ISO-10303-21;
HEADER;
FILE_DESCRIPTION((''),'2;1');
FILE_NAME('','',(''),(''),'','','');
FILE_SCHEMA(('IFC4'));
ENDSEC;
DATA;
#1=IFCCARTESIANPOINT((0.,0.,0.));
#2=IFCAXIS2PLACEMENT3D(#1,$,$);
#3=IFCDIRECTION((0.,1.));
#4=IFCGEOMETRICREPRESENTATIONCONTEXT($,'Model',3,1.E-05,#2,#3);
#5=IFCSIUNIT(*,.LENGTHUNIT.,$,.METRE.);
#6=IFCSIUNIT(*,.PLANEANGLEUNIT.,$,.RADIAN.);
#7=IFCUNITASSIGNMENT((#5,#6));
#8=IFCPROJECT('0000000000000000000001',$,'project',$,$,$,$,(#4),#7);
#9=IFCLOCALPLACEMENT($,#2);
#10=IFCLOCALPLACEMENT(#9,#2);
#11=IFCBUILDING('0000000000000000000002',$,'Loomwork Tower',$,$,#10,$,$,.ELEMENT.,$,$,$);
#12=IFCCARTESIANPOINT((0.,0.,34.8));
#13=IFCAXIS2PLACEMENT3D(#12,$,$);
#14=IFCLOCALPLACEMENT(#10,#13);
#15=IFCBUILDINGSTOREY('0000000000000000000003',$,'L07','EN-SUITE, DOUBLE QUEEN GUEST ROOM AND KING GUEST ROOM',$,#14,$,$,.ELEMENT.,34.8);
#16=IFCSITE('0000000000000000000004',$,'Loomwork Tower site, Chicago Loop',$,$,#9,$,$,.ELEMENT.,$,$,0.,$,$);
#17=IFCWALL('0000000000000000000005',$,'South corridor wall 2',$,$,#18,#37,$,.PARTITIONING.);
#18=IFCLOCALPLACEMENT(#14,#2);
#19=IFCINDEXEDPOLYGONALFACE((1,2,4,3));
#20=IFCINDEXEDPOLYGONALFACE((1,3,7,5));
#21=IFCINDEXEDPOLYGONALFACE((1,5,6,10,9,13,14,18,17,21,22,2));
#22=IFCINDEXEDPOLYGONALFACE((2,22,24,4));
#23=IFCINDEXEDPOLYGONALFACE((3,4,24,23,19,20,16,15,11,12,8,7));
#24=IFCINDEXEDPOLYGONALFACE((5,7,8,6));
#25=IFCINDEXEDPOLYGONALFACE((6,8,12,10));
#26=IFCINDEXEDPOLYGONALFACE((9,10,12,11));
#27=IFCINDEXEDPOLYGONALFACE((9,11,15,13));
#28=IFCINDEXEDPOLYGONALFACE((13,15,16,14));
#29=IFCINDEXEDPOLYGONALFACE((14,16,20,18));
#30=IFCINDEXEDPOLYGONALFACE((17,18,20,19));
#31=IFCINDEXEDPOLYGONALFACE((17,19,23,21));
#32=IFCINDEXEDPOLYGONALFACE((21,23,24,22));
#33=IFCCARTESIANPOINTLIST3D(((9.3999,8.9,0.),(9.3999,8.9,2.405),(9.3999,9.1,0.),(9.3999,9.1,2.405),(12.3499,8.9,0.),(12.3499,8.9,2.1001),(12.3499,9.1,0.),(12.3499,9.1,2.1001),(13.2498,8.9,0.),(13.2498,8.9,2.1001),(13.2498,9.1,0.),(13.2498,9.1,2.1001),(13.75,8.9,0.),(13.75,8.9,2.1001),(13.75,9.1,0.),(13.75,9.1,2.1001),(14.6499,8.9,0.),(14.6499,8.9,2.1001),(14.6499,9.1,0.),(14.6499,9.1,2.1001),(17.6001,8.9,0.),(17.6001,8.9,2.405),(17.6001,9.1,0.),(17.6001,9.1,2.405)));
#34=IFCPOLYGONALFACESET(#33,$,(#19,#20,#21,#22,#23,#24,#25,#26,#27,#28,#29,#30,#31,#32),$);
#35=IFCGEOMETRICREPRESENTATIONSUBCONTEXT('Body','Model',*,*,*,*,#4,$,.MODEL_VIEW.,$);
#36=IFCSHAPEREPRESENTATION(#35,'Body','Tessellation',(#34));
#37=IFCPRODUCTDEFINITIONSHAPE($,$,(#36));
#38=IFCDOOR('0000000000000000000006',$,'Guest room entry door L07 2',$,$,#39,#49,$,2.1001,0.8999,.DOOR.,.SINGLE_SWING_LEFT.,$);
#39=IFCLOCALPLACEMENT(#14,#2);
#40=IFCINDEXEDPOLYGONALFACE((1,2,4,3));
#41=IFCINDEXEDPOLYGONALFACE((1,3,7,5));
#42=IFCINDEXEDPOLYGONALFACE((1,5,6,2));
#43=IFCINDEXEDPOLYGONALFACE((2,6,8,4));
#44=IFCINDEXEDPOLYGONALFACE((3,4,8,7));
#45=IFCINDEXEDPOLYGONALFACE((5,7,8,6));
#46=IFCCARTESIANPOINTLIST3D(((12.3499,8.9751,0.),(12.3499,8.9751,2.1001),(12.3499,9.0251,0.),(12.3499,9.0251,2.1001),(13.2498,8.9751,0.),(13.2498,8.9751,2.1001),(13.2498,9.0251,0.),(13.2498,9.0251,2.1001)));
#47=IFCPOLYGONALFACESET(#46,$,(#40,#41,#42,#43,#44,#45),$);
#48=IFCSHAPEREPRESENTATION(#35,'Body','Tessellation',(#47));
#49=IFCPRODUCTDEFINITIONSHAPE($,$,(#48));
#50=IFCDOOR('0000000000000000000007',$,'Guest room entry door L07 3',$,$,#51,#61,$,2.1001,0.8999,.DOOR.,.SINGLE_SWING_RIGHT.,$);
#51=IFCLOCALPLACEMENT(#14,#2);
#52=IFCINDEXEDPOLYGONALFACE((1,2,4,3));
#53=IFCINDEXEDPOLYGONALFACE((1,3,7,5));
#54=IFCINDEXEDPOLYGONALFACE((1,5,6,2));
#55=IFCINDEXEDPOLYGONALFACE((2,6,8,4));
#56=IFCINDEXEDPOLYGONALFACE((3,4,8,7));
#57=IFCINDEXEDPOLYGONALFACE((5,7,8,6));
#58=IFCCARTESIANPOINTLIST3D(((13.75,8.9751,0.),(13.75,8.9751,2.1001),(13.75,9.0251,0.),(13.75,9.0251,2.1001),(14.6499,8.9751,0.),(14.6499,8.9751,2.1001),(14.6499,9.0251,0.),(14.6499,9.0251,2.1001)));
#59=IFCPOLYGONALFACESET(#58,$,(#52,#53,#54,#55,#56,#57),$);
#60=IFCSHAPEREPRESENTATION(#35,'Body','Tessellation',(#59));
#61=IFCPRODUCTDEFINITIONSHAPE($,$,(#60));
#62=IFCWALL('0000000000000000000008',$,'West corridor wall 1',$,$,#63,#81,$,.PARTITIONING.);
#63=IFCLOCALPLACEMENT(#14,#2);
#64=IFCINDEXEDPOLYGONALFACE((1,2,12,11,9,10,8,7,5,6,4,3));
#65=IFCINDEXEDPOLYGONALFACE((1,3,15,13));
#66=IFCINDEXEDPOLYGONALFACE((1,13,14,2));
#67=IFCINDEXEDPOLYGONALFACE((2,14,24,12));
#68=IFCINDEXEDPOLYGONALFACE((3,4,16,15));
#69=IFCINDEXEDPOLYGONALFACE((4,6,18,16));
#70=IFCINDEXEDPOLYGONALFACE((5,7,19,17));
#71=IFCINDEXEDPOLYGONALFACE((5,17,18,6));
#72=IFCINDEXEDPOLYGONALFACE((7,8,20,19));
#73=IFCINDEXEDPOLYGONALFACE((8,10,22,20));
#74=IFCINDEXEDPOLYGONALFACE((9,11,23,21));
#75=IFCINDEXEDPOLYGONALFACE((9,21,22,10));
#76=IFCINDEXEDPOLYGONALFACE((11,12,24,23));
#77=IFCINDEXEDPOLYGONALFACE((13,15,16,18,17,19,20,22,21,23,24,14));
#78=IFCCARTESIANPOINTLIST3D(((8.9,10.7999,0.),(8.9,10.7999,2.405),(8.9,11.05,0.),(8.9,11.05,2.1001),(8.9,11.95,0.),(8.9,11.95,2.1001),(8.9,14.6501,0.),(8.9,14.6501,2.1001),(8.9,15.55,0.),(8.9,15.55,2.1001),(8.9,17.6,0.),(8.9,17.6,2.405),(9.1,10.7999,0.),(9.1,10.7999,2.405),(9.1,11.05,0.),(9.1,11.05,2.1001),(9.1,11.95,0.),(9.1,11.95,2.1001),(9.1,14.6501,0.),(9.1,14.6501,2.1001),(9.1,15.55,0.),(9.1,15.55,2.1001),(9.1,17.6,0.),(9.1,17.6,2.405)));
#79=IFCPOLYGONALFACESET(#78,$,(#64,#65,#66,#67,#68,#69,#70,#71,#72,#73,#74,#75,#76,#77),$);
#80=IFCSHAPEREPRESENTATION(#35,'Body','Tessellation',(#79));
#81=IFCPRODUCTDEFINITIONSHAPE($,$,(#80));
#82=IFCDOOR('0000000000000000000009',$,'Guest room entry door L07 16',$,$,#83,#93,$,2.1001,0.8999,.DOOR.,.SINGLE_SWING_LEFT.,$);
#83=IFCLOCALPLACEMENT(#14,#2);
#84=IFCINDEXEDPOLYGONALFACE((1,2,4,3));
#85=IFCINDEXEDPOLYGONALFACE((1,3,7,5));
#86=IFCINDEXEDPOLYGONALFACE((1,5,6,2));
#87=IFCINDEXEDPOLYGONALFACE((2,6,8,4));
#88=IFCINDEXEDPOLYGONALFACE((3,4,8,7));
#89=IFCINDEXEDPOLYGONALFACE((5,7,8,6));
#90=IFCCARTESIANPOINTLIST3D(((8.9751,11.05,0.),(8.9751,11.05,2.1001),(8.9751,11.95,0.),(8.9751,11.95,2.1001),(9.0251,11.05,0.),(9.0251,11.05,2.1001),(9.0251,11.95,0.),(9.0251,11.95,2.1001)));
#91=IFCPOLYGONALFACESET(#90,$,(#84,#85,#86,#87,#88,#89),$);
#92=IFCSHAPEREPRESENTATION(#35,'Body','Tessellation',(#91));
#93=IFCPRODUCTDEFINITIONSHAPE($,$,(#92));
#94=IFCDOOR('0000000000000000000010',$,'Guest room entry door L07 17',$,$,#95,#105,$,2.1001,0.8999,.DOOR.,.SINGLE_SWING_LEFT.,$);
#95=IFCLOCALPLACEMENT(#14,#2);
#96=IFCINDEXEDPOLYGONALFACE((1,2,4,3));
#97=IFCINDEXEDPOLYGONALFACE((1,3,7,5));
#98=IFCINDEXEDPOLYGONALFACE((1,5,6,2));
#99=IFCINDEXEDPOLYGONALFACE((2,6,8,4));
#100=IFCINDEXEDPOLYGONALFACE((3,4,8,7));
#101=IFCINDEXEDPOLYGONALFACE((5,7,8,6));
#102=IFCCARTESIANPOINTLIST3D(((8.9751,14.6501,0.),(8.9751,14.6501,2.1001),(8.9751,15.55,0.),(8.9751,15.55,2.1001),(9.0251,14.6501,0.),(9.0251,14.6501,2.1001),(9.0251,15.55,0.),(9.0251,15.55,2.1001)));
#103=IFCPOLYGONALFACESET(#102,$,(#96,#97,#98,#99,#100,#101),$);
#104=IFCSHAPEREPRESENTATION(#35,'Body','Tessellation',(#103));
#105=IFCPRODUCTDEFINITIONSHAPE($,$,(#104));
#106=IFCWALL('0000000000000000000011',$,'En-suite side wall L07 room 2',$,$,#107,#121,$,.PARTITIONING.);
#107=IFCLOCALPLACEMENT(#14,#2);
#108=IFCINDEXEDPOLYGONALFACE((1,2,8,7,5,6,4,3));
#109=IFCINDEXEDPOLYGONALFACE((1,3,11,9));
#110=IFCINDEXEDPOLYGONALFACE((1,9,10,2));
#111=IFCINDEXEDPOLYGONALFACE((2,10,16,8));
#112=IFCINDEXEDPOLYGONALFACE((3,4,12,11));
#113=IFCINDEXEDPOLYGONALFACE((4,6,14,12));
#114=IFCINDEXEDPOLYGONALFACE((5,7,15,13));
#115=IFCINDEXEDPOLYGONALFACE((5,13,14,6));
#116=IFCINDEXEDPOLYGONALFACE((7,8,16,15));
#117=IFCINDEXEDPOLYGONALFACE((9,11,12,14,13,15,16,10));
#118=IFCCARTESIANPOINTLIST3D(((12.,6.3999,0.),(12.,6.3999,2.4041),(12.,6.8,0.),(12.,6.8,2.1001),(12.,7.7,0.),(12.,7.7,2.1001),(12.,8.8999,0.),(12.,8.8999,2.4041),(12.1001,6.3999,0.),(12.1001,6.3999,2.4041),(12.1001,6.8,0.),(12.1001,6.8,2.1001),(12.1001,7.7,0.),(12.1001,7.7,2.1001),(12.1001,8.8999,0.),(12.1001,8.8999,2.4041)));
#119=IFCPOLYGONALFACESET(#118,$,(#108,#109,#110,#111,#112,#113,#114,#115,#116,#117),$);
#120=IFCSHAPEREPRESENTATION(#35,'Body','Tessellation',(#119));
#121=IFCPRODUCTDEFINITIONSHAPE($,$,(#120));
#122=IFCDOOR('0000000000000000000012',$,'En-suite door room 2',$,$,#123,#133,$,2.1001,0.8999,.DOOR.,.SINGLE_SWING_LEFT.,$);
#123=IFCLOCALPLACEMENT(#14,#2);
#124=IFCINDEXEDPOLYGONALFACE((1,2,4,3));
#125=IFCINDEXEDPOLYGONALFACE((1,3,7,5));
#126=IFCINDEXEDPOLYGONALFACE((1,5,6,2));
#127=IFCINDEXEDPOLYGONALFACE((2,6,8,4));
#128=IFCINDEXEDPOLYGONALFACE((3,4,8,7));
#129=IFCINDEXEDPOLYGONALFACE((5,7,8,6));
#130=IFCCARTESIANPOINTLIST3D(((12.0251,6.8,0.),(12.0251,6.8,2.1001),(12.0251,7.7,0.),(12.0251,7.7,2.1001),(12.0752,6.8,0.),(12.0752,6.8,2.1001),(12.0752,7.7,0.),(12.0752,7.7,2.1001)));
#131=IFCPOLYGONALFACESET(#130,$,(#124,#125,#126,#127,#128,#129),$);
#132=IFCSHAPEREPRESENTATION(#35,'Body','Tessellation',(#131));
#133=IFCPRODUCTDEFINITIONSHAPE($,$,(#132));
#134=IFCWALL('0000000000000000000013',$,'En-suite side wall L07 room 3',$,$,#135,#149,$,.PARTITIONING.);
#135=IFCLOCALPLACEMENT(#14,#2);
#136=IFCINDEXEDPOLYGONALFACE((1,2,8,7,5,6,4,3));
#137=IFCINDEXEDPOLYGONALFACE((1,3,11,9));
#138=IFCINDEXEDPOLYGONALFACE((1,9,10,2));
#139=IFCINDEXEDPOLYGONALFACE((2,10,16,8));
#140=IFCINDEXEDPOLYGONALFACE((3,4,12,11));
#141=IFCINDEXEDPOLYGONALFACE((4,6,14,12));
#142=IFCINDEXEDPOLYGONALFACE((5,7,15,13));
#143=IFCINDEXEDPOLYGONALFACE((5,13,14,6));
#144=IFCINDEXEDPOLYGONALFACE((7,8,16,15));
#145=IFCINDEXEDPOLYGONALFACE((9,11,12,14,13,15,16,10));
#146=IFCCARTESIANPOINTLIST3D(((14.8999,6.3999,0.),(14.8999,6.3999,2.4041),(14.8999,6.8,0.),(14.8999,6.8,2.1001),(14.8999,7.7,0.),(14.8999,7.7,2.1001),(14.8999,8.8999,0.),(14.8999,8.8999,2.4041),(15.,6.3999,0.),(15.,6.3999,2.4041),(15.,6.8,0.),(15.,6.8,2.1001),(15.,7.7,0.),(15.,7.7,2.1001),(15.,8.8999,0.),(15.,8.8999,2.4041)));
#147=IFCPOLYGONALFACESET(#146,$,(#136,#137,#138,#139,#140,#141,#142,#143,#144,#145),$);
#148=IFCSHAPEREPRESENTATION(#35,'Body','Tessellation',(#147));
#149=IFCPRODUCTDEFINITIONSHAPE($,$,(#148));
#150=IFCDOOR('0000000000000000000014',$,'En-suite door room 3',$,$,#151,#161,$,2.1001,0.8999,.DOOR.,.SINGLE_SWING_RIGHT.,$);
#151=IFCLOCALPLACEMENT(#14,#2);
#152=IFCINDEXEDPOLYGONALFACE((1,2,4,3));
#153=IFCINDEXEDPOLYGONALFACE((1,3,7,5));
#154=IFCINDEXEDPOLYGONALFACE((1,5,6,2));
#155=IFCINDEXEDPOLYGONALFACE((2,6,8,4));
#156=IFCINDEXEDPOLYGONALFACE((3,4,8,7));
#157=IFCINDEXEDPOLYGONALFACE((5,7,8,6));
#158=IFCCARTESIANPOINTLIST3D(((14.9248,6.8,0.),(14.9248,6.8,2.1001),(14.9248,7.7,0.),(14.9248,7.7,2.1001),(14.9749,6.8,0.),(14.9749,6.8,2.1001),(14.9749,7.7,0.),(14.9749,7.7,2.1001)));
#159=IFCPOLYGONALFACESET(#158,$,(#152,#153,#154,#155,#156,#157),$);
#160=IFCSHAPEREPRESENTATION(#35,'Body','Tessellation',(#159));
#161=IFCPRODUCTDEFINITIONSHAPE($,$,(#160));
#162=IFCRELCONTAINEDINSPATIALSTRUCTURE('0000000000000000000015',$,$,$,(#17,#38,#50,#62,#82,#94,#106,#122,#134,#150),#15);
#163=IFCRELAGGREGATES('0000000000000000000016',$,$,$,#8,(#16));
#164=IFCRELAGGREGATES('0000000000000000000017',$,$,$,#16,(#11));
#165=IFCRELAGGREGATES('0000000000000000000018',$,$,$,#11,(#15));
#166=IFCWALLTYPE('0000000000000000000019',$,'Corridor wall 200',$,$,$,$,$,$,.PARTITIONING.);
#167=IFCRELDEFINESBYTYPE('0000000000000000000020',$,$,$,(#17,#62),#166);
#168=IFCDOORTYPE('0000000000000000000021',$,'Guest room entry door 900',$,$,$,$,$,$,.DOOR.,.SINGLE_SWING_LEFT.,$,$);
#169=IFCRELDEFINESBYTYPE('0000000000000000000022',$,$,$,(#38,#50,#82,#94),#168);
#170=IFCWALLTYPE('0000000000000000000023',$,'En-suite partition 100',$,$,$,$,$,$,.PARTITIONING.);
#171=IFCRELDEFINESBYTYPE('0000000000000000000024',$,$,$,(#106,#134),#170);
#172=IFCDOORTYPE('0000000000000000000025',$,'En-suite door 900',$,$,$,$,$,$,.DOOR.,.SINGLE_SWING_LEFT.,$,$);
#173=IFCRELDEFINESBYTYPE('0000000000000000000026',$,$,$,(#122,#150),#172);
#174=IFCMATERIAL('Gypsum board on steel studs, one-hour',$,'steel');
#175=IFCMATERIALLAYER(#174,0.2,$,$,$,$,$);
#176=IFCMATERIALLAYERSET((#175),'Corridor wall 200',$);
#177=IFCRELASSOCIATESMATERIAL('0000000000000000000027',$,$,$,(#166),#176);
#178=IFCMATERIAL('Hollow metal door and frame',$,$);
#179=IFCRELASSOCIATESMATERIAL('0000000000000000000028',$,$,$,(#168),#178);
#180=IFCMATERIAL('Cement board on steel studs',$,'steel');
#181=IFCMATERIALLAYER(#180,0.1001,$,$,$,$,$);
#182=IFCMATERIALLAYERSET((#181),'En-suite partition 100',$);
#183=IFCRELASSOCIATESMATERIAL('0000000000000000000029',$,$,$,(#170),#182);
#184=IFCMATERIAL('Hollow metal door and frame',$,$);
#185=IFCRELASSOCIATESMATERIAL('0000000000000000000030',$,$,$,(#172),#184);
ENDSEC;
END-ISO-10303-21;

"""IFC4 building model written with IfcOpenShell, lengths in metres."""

from ifc_helpers import new_model, si_unit, direction, frame, frame_2d, origin, place, context, subcontext, project, spatial, rectangle, extrude, material, layer, layer_set, type_object, element, fill, save


model = new_model("IFC4")

# Units and contexts
model_context = context("Model", 3, precision=1e-05, world=origin(), true_north=direction((0.0, 1.0)))
body_context = subcontext(model_context, "Body", "Model", "MODEL_VIEW")
ifc_project = project(units=[si_unit("LENGTHUNIT", "METRE"), si_unit("PLANEANGLEUNIT", "RADIAN")], contexts=[model_context])

# Site, building, storey
site_placement = place(None, origin())
site = spatial("IfcSite", under=ifc_project, at=site_placement, Name="Loomwork Tower site, Chicago Loop", CompositionType="ELEMENT", RefElevation=0.0)
building_placement = place(site_placement, origin())
building = spatial("IfcBuilding", under=site, at=building_placement, Name="Loomwork Tower", CompositionType="ELEMENT")
storey_placement = place(building_placement, frame((0.0, 0.0, 34.8)))
storey = spatial("IfcBuildingStorey", under=building, at=storey_placement, Name="L07", Description="EN-SUITE, DOUBLE QUEEN GUEST ROOM AND KING GUEST ROOM", CompositionType="ELEMENT", Elevation=34.8)

# Walls, openings, doors
ifc_material_1 = material(Name="Gypsum board on steel studs, one-hour", Category="steel")
ifc_layer_1 = layer(ifc_material_1, 0.2)
ifc_layer_set_1 = layer_set([ifc_layer_1], Name="Corridor wall 200")
wall_type_1 = type_object("IfcWallType", Name="Corridor wall 200", PredefinedType="PARTITIONING", material=ifc_layer_set_1)
wall_1_placement = place(storey_placement, frame((9.3999, 9.0, 0.0), z_axis=(0.0, 0.0, 1.0), x_axis=(1.0, 0.0, 0.0)))
wall_1 = element("IfcWall", 1, at=wall_1_placement, inside=storey, type_object=wall_type_1, Name="South corridor wall 2", PredefinedType="PARTITIONING", context=body_context, shape_type="SweptSolid", body=[
    extrude(rectangle(XDim=8.2002, YDim=0.2, at=frame_2d((4.1001, 0.0))), origin(), (0.0, 0.0, 1.0), 2.405),
])
opening_1_placement = place(wall_1_placement, frame((2.95, 0.0, 0.0)))
opening_1 = element("IfcOpeningElement", 2, at=opening_1_placement, cuts=wall_1, PredefinedType="OPENING", context=body_context, shape_type="SweptSolid", body=[
    extrude(rectangle(XDim=0.8999, YDim=2.1001, at=frame_2d((0.45, 1.05))), frame((0.0, 0.1099, 0.0), z_axis=(0.0, -1.0, 0.0), x_axis=(1.0, 0.0, 0.0)), (0.0, 0.0, 1.0), 0.22),
])
opening_2_placement = place(wall_1_placement, frame((4.3501, 0.0, 0.0)))
opening_2 = element("IfcOpeningElement", 3, at=opening_2_placement, cuts=wall_1, PredefinedType="OPENING", context=body_context, shape_type="SweptSolid", body=[
    extrude(rectangle(XDim=0.8999, YDim=2.1001, at=frame_2d((0.45, 1.05))), frame((0.0, 0.1099, 0.0), z_axis=(0.0, -1.0, 0.0), x_axis=(1.0, 0.0, 0.0)), (0.0, 0.0, 1.0), 0.22),
])
ifc_material_2 = material(Name="Hollow metal door and frame")
door_type_1 = type_object("IfcDoorType", Name="Guest room entry door 900", OperationType="SINGLE_SWING_LEFT", PredefinedType="DOOR", material=ifc_material_2)
door_1_placement = place(opening_1_placement, frame((0.8999, 0.0, 0.0), z_axis=(0.0, 0.0, 1.0), x_axis=(-1.0, 0.0, 0.0)))
door_1 = element("IfcDoor", 4, at=door_1_placement, inside=storey, type_object=door_type_1, Name="Guest room entry door L07 2", OperationType="SINGLE_SWING_LEFT", OverallHeight=2.1001, OverallWidth=0.8999, PredefinedType="DOOR", context=body_context, shape_type="SweptSolid", body=[
    extrude(rectangle(XDim=0.8999, YDim=2.1001, at=frame_2d((0.45, 1.05))), frame((0.0, 0.0249, 0.0), z_axis=(0.0, -1.0, 0.0), x_axis=(1.0, 0.0, 0.0)), (0.0, 0.0, 1.0), 0.05),
])
fill(opening_1, door_1)
door_2_placement = place(opening_2_placement, frame((0.8999, 0.0, 0.0), z_axis=(0.0, 0.0, 1.0), x_axis=(-1.0, 0.0, 0.0)))
door_2 = element("IfcDoor", 5, at=door_2_placement, inside=storey, type_object=door_type_1, Name="Guest room entry door L07 3", OperationType="SINGLE_SWING_RIGHT", OverallHeight=2.1001, OverallWidth=0.8999, PredefinedType="DOOR", context=body_context, shape_type="SweptSolid", body=[
    extrude(rectangle(XDim=0.8999, YDim=2.1001, at=frame_2d((0.45, 1.05))), frame((0.0, 0.0249, 0.0), z_axis=(0.0, -1.0, 0.0), x_axis=(1.0, 0.0, 0.0)), (0.0, 0.0, 1.0), 0.05),
])
fill(opening_2, door_2)
wall_2_placement = place(storey_placement, frame((9.0, 10.8, 0.0), z_axis=(0.0, 0.0, 1.0), x_axis=(0.0, 1.0, 0.0)))
wall_2 = element("IfcWall", 6, at=wall_2_placement, inside=storey, type_object=wall_type_1, Name="West corridor wall 1", PredefinedType="PARTITIONING", context=body_context, shape_type="SweptSolid", body=[
    extrude(rectangle(XDim=6.8, YDim=0.2, at=frame_2d((3.3999, 0.0))), origin(), (0.0, 0.0, 1.0), 2.405),
])
opening_3_placement = place(wall_2_placement, frame((0.25, 0.0, 0.0)))
opening_3 = element("IfcOpeningElement", 7, at=opening_3_placement, cuts=wall_2, PredefinedType="OPENING", context=body_context, shape_type="SweptSolid", body=[
    extrude(rectangle(XDim=0.8999, YDim=2.1001, at=frame_2d((0.45, 1.05))), frame((0.0, 0.1099, 0.0), z_axis=(0.0, -1.0, 0.0), x_axis=(1.0, 0.0, 0.0)), (0.0, 0.0, 1.0), 0.22),
])
opening_4_placement = place(wall_2_placement, frame((3.8501, 0.0, 0.0)))
opening_4 = element("IfcOpeningElement", 8, at=opening_4_placement, cuts=wall_2, PredefinedType="OPENING", context=body_context, shape_type="SweptSolid", body=[
    extrude(rectangle(XDim=0.8999, YDim=2.1001, at=frame_2d((0.45, 1.05))), frame((0.0, 0.1099, 0.0), z_axis=(0.0, -1.0, 0.0), x_axis=(1.0, 0.0, 0.0)), (0.0, 0.0, 1.0), 0.22),
])
door_3_placement = place(opening_3_placement, origin())
door_3 = element("IfcDoor", 9, at=door_3_placement, inside=storey, type_object=door_type_1, Name="Guest room entry door L07 16", OperationType="SINGLE_SWING_LEFT", OverallHeight=2.1001, OverallWidth=0.8999, PredefinedType="DOOR", context=body_context, shape_type="SweptSolid", body=[
    extrude(rectangle(XDim=0.8999, YDim=2.1001, at=frame_2d((0.45, 1.05))), frame((0.0, 0.0249, 0.0), z_axis=(0.0, -1.0, 0.0), x_axis=(1.0, 0.0, 0.0)), (0.0, 0.0, 1.0), 0.05),
])
fill(opening_3, door_3)
door_4_placement = place(opening_4_placement, origin())
door_4 = element("IfcDoor", 10, at=door_4_placement, inside=storey, type_object=door_type_1, Name="Guest room entry door L07 17", OperationType="SINGLE_SWING_LEFT", OverallHeight=2.1001, OverallWidth=0.8999, PredefinedType="DOOR", context=body_context, shape_type="SweptSolid", body=[
    extrude(rectangle(XDim=0.8999, YDim=2.1001, at=frame_2d((0.45, 1.05))), frame((0.0, 0.0249, 0.0), z_axis=(0.0, -1.0, 0.0), x_axis=(1.0, 0.0, 0.0)), (0.0, 0.0, 1.0), 0.05),
])
fill(opening_4, door_4)

# Walls, openings, doors
ifc_material_3 = material(Name="Cement board on steel studs", Category="steel")
ifc_layer_2 = layer(ifc_material_3, 0.1001)
ifc_layer_set_2 = layer_set([ifc_layer_2], Name="En-suite partition 100")
wall_type_2 = type_object("IfcWallType", Name="En-suite partition 100", PredefinedType="PARTITIONING", material=ifc_layer_set_2)
wall_3_placement = place(storey_placement, frame((12.05, 8.8999, 0.0), z_axis=(0.0, 0.0, 1.0), x_axis=(0.0, -1.0, 0.0)))
wall_3 = element("IfcWall", 11, at=wall_3_placement, inside=storey, type_object=wall_type_2, Name="En-suite side wall L07 room 2", PredefinedType="PARTITIONING", context=body_context, shape_type="SweptSolid", body=[
    extrude(rectangle(XDim=2.5, YDim=0.1001, at=frame_2d((1.25, 0.0))), origin(), (0.0, 0.0, 1.0), 2.4041),
])
opening_5_placement = place(wall_3_placement, frame((1.2, 0.0, 0.0)))
opening_5 = element("IfcOpeningElement", 12, at=opening_5_placement, cuts=wall_3, PredefinedType="OPENING", context=body_context, shape_type="SweptSolid", body=[
    extrude(rectangle(XDim=0.8999, YDim=2.1001, at=frame_2d((0.45, 1.05))), frame((0.0, 0.0601, 0.0), z_axis=(0.0, -1.0, 0.0), x_axis=(1.0, 0.0, 0.0)), (0.0, 0.0, 1.0), 0.1201),
])
ifc_material_4 = material(Name="Hollow metal door and frame")
door_type_2 = type_object("IfcDoorType", Name="En-suite door 900", OperationType="SINGLE_SWING_LEFT", PredefinedType="DOOR", material=ifc_material_4)
door_5_placement = place(opening_5_placement, frame((0.8999, 0.0, 0.0), z_axis=(0.0, 0.0, 1.0), x_axis=(-1.0, 0.0, 0.0)))
door_5 = element("IfcDoor", 13, at=door_5_placement, inside=storey, type_object=door_type_2, Name="En-suite door room 2", OperationType="SINGLE_SWING_LEFT", OverallHeight=2.1001, OverallWidth=0.8999, PredefinedType="DOOR", context=body_context, shape_type="SweptSolid", body=[
    extrude(rectangle(XDim=0.8999, YDim=2.1001, at=frame_2d((0.45, 1.05))), frame((0.0, 0.0249, 0.0), z_axis=(0.0, -1.0, 0.0), x_axis=(1.0, 0.0, 0.0)), (0.0, 0.0, 1.0), 0.05),
])
fill(opening_5, door_5)
wall_4_placement = place(storey_placement, frame((14.95, 8.8999, 0.0), z_axis=(0.0, 0.0, 1.0), x_axis=(0.0, -1.0, 0.0)))
wall_4 = element("IfcWall", 14, at=wall_4_placement, inside=storey, type_object=wall_type_2, Name="En-suite side wall L07 room 3", PredefinedType="PARTITIONING", context=body_context, shape_type="SweptSolid", body=[
    extrude(rectangle(XDim=2.5, YDim=0.1001, at=frame_2d((1.25, 0.0))), origin(), (0.0, 0.0, 1.0), 2.4041),
])
opening_6_placement = place(wall_4_placement, frame((1.2, 0.0, 0.0)))
opening_6 = element("IfcOpeningElement", 15, at=opening_6_placement, cuts=wall_4, PredefinedType="OPENING", context=body_context, shape_type="SweptSolid", body=[
    extrude(rectangle(XDim=0.8999, YDim=2.1001, at=frame_2d((0.45, 1.05))), frame((0.0, 0.0601, 0.0), z_axis=(0.0, -1.0, 0.0), x_axis=(1.0, 0.0, 0.0)), (0.0, 0.0, 1.0), 0.1201),
])
door_6_placement = place(opening_6_placement, origin())
door_6 = element("IfcDoor", 16, at=door_6_placement, inside=storey, type_object=door_type_2, Name="En-suite door room 3", OperationType="SINGLE_SWING_RIGHT", OverallHeight=2.1001, OverallWidth=0.8999, PredefinedType="DOOR", context=body_context, shape_type="SweptSolid", body=[
    extrude(rectangle(XDim=0.8999, YDim=2.1001, at=frame_2d((0.45, 1.05))), frame((0.0, 0.0249, 0.0), z_axis=(0.0, -1.0, 0.0), x_axis=(1.0, 0.0, 0.0)), (0.0, 0.0, 1.0), 0.05),
])
fill(opening_6, door_6)

save(model, "model.ifc")
